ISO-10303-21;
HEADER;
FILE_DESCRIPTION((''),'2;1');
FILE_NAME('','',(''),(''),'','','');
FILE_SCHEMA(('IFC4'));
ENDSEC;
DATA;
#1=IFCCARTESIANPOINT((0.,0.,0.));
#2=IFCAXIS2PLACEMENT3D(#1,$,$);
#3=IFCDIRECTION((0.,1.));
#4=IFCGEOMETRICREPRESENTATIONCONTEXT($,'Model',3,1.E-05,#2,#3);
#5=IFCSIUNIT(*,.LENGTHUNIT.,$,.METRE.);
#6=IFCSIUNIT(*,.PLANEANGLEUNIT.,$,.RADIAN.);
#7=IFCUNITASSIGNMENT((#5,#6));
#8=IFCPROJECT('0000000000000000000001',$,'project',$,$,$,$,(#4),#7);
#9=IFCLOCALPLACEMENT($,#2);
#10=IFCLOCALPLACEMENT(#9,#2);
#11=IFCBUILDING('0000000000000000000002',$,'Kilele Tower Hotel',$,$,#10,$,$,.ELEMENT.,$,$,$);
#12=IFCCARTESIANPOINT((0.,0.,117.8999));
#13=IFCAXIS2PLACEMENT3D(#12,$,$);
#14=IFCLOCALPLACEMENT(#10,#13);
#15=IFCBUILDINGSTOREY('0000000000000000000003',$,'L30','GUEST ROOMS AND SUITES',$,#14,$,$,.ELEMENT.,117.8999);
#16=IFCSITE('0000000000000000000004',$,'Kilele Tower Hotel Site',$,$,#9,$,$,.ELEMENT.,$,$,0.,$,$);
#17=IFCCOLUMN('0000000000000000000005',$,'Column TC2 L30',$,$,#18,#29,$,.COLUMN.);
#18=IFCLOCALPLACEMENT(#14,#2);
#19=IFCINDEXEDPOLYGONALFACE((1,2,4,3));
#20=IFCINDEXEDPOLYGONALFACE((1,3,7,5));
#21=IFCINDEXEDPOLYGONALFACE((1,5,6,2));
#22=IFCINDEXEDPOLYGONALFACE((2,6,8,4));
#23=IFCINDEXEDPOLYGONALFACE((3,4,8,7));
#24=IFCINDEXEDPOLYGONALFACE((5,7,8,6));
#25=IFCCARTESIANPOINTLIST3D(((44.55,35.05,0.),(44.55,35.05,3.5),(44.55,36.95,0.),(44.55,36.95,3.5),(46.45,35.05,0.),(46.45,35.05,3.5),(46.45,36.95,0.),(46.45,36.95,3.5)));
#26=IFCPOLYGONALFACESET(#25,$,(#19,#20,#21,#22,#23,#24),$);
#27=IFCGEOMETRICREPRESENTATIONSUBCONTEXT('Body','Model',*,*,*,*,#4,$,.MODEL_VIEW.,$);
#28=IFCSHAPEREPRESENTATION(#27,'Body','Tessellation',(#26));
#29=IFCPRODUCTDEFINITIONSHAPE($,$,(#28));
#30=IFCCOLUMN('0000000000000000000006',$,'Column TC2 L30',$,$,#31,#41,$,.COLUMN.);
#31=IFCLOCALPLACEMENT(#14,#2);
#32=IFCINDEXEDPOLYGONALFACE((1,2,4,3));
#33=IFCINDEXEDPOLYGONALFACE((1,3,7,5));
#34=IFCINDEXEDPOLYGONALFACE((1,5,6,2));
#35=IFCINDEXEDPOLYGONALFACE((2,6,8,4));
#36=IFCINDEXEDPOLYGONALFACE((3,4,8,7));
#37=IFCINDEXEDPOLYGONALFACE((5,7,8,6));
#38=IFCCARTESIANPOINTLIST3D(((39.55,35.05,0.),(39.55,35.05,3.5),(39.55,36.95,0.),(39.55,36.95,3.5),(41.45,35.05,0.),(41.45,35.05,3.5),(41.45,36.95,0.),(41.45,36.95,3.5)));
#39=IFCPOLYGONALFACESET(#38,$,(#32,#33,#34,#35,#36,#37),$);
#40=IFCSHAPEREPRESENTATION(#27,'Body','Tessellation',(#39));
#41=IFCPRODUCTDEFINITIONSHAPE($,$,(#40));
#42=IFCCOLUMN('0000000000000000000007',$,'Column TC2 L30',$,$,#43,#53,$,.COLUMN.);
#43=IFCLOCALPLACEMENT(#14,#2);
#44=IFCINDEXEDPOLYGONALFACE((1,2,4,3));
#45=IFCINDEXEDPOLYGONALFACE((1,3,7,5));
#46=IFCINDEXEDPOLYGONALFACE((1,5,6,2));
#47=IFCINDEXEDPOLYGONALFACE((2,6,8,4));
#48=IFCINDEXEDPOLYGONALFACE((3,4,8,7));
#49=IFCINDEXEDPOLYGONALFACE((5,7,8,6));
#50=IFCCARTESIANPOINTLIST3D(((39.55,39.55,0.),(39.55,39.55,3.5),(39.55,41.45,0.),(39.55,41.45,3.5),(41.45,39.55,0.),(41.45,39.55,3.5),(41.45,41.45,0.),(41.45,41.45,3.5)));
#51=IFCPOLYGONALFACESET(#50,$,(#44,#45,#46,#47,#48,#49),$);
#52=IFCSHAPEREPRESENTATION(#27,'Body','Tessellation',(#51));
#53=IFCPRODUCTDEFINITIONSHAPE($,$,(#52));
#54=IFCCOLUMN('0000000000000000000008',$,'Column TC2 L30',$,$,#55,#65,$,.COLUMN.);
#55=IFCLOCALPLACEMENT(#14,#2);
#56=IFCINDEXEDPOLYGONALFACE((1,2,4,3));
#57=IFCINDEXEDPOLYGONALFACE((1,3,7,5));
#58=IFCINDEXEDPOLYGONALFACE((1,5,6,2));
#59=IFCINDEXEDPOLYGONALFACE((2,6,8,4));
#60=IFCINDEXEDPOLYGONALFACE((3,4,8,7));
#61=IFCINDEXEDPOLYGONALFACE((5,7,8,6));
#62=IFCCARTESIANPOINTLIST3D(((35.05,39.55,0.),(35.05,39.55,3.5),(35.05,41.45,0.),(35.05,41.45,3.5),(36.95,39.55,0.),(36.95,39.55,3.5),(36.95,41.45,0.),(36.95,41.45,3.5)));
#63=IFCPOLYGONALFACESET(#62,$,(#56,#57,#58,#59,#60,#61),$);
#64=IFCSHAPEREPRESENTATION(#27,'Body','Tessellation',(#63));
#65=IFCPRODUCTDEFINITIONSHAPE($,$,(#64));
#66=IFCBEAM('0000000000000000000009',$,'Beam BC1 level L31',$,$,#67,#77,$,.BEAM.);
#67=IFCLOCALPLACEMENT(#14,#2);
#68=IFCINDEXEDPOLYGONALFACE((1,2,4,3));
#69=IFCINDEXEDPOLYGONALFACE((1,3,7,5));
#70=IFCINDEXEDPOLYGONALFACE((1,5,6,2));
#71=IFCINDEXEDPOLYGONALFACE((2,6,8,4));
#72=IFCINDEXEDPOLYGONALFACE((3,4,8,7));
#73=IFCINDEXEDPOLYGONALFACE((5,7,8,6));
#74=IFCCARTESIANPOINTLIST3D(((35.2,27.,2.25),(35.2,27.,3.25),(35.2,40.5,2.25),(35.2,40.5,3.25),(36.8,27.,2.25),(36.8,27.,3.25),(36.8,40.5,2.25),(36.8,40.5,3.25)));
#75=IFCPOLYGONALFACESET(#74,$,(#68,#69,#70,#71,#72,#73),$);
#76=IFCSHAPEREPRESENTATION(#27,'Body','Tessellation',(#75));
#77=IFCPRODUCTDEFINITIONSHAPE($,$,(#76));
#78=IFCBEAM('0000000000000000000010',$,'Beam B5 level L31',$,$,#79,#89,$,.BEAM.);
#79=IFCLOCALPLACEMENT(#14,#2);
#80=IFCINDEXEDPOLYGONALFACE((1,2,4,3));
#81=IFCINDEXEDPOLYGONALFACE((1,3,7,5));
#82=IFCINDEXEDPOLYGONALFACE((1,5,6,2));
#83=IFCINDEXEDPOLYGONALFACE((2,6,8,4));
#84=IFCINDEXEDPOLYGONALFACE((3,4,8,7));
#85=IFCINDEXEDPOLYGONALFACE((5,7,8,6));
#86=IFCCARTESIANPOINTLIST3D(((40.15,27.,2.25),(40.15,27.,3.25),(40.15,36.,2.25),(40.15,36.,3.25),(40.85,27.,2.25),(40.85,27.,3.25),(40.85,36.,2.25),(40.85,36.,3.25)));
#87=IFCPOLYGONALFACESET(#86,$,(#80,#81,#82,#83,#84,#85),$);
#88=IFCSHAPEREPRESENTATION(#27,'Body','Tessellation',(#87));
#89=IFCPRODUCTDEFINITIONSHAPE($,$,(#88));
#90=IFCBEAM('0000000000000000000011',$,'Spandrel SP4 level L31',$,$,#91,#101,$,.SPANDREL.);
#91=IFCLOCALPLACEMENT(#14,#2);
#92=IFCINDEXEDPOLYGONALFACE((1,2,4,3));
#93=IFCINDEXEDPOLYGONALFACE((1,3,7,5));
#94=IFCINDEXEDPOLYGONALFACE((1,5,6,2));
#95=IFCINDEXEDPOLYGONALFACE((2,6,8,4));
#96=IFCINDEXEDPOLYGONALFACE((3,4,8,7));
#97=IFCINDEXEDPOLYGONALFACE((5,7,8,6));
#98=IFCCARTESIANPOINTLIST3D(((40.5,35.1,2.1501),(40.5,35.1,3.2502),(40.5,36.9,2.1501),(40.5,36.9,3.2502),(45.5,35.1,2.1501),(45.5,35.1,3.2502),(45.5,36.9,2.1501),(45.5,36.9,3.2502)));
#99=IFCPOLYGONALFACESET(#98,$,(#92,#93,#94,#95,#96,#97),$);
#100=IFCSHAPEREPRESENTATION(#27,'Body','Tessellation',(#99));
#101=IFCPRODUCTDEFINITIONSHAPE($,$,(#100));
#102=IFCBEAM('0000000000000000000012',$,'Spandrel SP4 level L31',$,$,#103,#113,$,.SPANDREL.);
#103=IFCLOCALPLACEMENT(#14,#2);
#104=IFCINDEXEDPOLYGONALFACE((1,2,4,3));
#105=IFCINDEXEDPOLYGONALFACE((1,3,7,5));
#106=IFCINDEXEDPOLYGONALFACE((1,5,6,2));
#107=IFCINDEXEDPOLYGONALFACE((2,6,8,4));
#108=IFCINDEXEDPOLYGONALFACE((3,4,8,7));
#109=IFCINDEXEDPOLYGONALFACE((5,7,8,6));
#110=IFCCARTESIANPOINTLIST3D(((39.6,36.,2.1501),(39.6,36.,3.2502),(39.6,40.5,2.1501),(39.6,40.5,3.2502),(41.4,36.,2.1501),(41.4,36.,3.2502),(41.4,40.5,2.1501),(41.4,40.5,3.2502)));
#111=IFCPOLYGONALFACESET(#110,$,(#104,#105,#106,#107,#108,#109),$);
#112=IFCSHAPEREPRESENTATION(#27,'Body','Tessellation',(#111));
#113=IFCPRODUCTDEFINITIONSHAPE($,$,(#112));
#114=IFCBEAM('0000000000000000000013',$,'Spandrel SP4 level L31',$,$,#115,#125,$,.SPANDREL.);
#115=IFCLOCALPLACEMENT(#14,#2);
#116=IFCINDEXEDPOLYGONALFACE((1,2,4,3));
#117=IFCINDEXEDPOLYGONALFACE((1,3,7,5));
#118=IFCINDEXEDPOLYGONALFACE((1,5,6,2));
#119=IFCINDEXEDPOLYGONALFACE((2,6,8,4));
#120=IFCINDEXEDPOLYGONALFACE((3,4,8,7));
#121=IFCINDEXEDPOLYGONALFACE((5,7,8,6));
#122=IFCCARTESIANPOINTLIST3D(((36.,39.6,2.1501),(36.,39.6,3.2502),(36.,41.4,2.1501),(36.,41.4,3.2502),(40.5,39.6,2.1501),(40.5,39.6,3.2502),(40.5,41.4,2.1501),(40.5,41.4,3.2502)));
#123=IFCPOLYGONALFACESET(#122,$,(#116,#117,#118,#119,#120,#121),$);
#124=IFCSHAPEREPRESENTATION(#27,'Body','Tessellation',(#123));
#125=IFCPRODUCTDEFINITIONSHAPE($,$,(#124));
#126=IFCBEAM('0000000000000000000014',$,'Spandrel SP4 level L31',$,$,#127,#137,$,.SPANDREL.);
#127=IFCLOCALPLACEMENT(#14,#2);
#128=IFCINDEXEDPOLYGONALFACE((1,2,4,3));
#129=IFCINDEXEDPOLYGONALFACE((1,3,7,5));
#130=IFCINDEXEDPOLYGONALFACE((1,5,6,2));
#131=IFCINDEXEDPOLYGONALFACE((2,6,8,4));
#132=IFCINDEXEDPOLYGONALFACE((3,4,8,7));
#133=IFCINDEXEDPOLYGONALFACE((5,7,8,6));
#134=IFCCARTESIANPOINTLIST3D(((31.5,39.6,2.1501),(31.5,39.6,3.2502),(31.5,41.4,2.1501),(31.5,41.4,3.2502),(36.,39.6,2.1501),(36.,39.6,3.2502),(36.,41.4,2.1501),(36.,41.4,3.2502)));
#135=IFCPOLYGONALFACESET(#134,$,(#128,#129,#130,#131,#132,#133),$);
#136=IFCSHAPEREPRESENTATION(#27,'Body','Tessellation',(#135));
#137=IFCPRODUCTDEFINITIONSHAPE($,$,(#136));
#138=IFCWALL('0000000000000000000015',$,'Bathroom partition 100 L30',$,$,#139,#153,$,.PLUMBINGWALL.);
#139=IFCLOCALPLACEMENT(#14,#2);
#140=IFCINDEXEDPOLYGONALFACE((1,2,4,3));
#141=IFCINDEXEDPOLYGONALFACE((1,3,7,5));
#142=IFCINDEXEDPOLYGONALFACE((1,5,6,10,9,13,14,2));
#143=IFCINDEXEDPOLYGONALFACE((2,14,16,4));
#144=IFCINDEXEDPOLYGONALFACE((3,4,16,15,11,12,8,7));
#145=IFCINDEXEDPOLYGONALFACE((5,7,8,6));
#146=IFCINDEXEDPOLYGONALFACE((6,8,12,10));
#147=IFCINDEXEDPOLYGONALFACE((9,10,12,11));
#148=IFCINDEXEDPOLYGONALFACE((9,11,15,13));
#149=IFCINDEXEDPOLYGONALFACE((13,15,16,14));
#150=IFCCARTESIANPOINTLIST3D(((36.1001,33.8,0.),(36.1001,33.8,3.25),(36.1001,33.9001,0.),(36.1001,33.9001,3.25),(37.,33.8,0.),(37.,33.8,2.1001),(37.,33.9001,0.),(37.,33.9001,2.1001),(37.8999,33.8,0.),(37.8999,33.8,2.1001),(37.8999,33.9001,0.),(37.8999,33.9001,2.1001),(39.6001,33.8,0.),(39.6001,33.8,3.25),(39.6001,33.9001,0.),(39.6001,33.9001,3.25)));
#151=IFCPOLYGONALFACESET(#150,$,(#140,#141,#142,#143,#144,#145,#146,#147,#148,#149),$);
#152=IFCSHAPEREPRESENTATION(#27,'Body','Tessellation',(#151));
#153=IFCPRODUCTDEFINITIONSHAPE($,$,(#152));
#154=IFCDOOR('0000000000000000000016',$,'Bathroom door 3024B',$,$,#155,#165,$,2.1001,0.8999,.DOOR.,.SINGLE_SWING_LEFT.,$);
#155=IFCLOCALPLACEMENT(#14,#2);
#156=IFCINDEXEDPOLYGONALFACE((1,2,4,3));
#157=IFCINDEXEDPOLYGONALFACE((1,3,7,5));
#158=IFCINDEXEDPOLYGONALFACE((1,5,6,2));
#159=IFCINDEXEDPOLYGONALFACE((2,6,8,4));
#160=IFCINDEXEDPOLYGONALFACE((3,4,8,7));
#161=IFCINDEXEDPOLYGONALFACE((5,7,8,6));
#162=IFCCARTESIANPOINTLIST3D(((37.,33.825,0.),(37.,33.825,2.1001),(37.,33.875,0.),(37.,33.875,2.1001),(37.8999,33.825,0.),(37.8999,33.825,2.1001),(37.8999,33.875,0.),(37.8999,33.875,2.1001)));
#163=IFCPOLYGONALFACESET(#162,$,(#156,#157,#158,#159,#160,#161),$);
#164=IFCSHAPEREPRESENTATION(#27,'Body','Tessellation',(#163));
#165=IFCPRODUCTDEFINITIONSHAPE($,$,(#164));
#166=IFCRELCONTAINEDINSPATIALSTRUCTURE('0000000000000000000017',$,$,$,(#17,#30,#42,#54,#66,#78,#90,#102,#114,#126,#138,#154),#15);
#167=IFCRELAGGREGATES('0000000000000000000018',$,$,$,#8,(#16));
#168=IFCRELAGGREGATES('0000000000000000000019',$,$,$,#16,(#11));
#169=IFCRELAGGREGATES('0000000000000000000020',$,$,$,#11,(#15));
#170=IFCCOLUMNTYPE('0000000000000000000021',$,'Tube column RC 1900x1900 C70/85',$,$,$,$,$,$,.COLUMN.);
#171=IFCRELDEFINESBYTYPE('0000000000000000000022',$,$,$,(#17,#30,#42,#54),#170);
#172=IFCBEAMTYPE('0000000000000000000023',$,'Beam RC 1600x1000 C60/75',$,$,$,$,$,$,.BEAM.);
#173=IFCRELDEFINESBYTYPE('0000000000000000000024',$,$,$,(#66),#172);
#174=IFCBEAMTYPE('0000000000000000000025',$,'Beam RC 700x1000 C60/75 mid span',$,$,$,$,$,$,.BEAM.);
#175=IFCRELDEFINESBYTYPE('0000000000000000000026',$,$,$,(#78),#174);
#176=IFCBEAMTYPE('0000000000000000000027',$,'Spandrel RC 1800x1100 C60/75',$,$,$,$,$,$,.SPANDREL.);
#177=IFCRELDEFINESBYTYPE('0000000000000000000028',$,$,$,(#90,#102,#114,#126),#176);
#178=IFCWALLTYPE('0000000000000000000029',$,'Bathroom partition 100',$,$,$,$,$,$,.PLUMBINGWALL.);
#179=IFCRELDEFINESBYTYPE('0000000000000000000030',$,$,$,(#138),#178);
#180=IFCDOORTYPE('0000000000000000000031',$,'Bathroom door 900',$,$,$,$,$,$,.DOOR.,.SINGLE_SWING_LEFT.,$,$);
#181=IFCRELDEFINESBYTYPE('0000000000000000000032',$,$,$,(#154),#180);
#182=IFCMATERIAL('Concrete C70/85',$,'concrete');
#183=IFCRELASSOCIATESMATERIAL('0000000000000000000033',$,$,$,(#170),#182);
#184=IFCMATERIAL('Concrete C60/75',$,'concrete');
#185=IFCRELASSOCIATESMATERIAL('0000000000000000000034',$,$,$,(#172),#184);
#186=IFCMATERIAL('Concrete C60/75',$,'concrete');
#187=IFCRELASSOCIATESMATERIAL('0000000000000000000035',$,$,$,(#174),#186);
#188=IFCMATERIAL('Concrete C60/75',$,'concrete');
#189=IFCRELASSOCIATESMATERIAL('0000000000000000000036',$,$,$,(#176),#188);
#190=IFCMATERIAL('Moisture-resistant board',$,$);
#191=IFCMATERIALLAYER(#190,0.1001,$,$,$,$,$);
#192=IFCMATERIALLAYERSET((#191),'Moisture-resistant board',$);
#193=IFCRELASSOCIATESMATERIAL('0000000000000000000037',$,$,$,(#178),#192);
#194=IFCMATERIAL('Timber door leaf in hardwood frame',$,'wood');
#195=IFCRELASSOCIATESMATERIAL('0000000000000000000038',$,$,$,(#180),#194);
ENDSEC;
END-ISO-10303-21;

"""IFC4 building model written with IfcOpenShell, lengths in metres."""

from ifc_helpers import new_model, si_unit, direction, frame, frame_2d, origin, origin_2d, place, context, subcontext, project, spatial, rectangle, extrude, material, layer, layer_set, material_profile, profile_set, type_object, element, fill, save


model = new_model("IFC4")

# Units and contexts
model_context = context("Model", 3, precision=1e-05, world=origin(), true_north=direction((0.0, 1.0)))
body_context = subcontext(model_context, "Body", "Model", "MODEL_VIEW")
ifc_project = project(units=[si_unit("LENGTHUNIT", "METRE"), si_unit("PLANEANGLEUNIT", "RADIAN")], contexts=[model_context])

# Site, building, storey
site_placement = place(None, origin())
site = spatial("IfcSite", under=ifc_project, at=site_placement, Name="Kilele Tower Hotel Site", CompositionType="ELEMENT", RefElevation=0.0)
building_placement = place(site_placement, origin())
building = spatial("IfcBuilding", under=site, at=building_placement, Name="Kilele Tower Hotel", CompositionType="ELEMENT")
storey_placement = place(building_placement, frame((0.0, 0.0, 117.8999)))
storey = spatial("IfcBuildingStorey", under=building, at=storey_placement, Name="L30", Description="GUEST ROOMS AND SUITES", CompositionType="ELEMENT", Elevation=117.8999)

# Columns
ifc_material_1 = material(Name="Concrete C70/85", Category="concrete")
ifc_material_profile_1 = material_profile(ifc_material_1, rectangle(XDim=1.8999, YDim=1.8999, at=origin_2d()))
ifc_profile_set_1 = profile_set([ifc_material_profile_1], Name="Concrete C70/85")
column_type = type_object("IfcColumnType", Name="Tube column RC 1900x1900 C70/85", PredefinedType="COLUMN", material=ifc_profile_set_1)
for number, where, z_axis, x_axis, name in (
    (1, (45.5, 36.0, 0.0), (0.0, 0.0, 1.0), (1.0, 0.0, 0.0), "Column TC2 L30"),
    (2, (40.5, 36.0, 0.0), (0.0, 0.0, 1.0), (1.0, 0.0, 0.0), "Column TC2 L30"),
    (3, (40.5, 40.5, 0.0), (0.0, 0.0, 1.0), (1.0, 0.0, 0.0), "Column TC2 L30"),
    (4, (36.0, 40.5, 0.0), (0.0, 0.0, 1.0), (1.0, 0.0, 0.0), "Column TC2 L30"),
):
    element("IfcColumn", number, at=place(storey_placement, frame(where, z_axis=z_axis, x_axis=x_axis)), inside=storey, type_object=column_type, Name=name, PredefinedType="COLUMN", context=body_context, shape_type="SweptSolid", body=[
        extrude(rectangle(XDim=1.8999, YDim=1.8999, at=origin_2d()), origin(), (0.0, 0.0, 1.0), 3.5),
    ])

# Beams
ifc_material_2 = material(Name="Concrete C60/75", Category="concrete")
ifc_material_profile_2 = material_profile(ifc_material_2, rectangle(XDim=1.6001, YDim=1.0, at=origin_2d()))
ifc_profile_set_2 = profile_set([ifc_material_profile_2], Name="Concrete C60/75")
beam_type_1 = type_object("IfcBeamType", Name="Beam RC 1600x1000 C60/75", PredefinedType="BEAM", material=ifc_profile_set_2)
beam_1_placement = place(storey_placement, frame((36.0, 40.5, 2.75), z_axis=(0.0, -1.0, 0.0), x_axis=(1.0, 0.0, 0.0)))
element("IfcBeam", 5, at=beam_1_placement, inside=storey, type_object=beam_type_1, Name="Beam BC1 level L31", PredefinedType="BEAM", context=body_context, shape_type="SweptSolid", body=[
    extrude(rectangle(XDim=1.6001, YDim=1.0, at=origin_2d()), origin(), (0.0, 0.0, 1.0), 13.5),
])
ifc_material_3 = material(Name="Concrete C60/75", Category="concrete")
ifc_material_profile_3 = material_profile(ifc_material_3, rectangle(XDim=0.7, YDim=1.0, at=origin_2d()))
ifc_profile_set_3 = profile_set([ifc_material_profile_3], Name="Concrete C60/75")
beam_type_2 = type_object("IfcBeamType", Name="Beam RC 700x1000 C60/75 mid span", PredefinedType="BEAM", material=ifc_profile_set_3)
beam_2_placement = place(storey_placement, frame((40.5, 36.0, 2.75), z_axis=(0.0, -1.0, 0.0), x_axis=(1.0, 0.0, 0.0)))
element("IfcBeam", 6, at=beam_2_placement, inside=storey, type_object=beam_type_2, Name="Beam B5 level L31", PredefinedType="BEAM", context=body_context, shape_type="SweptSolid", body=[
    extrude(rectangle(XDim=0.7, YDim=1.0, at=origin_2d()), origin(), (0.0, 0.0, 1.0), 9.0),
])
ifc_material_4 = material(Name="Concrete C60/75", Category="concrete")
ifc_material_profile_4 = material_profile(ifc_material_4, rectangle(XDim=1.8, YDim=1.1001, at=origin_2d()))
ifc_profile_set_4 = profile_set([ifc_material_profile_4], Name="Concrete C60/75")
beam_type_3 = type_object("IfcBeamType", Name="Spandrel RC 1800x1100 C60/75", PredefinedType="SPANDREL", material=ifc_profile_set_4)
beam_3_placement = place(storey_placement, frame((45.5, 36.0, 2.7002), z_axis=(-1.0, 0.0, 0.0), x_axis=(0.0, -1.0, 0.0)))
element("IfcBeam", 7, at=beam_3_placement, inside=storey, type_object=beam_type_3, Name="Spandrel SP4 level L31", PredefinedType="SPANDREL", context=body_context, shape_type="SweptSolid", body=[
    extrude(rectangle(XDim=1.8, YDim=1.1001, at=origin_2d()), origin(), (0.0, 0.0, 1.0), 5.0),
])
for number, where, z_axis, x_axis, name in (
    (8, (40.5, 36.0, 2.7002), (0.0, 1.0, 0.0), (-1.0, 0.0, 0.0), "Spandrel SP4 level L31"),
    (9, (40.5, 40.5, 2.7002), (-1.0, 0.0, 0.0), (0.0, -1.0, 0.0), "Spandrel SP4 level L31"),
    (10, (36.0, 40.5, 2.7002), (-1.0, 0.0, 0.0), (0.0, -1.0, 0.0), "Spandrel SP4 level L31"),
):
    element("IfcBeam", number, at=place(storey_placement, frame(where, z_axis=z_axis, x_axis=x_axis)), inside=storey, type_object=beam_type_3, Name=name, PredefinedType="SPANDREL", context=body_context, shape_type="SweptSolid", body=[
        extrude(rectangle(XDim=1.8, YDim=1.1001, at=origin_2d()), origin(), (0.0, 0.0, 1.0), 4.5),
    ])

# Wall, opening, door
ifc_material_5 = material(Name="Moisture-resistant board")
ifc_layer_1 = layer(ifc_material_5, 0.1001)
ifc_layer_set_1 = layer_set([ifc_layer_1], Name="Moisture-resistant board")
wall_type_1 = type_object("IfcWallType", Name="Bathroom partition 100", PredefinedType="PLUMBINGWALL", material=ifc_layer_set_1)
wall_1_placement = place(storey_placement, frame((36.1001, 33.8501, 0.0), z_axis=(0.0, 0.0, 1.0), x_axis=(1.0, 0.0, 0.0)))
wall_1 = element("IfcWall", 11, at=wall_1_placement, inside=storey, type_object=wall_type_1, Name="Bathroom partition 100 L30", PredefinedType="PLUMBINGWALL", context=body_context, shape_type="SweptSolid", body=[
    extrude(rectangle(XDim=3.5, YDim=0.1001, at=frame_2d((1.75, 0.0))), origin(), (0.0, 0.0, 1.0), 3.25),
])
opening_1_placement = place(wall_1_placement, frame((0.8999, 0.0, 0.0)))
opening_1 = element("IfcOpeningElement", 12, at=opening_1_placement, cuts=wall_1, PredefinedType="OPENING", context=body_context, shape_type="SweptSolid", body=[
    extrude(rectangle(XDim=0.8999, YDim=2.1001, at=frame_2d((0.45, 1.05))), frame((0.0, 0.0601, 0.0), z_axis=(0.0, -1.0, 0.0), x_axis=(1.0, 0.0, 0.0)), (0.0, 0.0, 1.0), 0.1201),
])
ifc_material_6 = material(Name="Timber door leaf in hardwood frame", Category="wood")
door_type_1 = type_object("IfcDoorType", Name="Bathroom door 900", OperationType="SINGLE_SWING_LEFT", PredefinedType="DOOR", material=ifc_material_6)
door_1_placement = place(opening_1_placement, origin())
door_1 = element("IfcDoor", 13, at=door_1_placement, inside=storey, type_object=door_type_1, Name="Bathroom door 3024B", OperationType="SINGLE_SWING_LEFT", OverallHeight=2.1001, OverallWidth=0.8999, PredefinedType="DOOR", context=body_context, shape_type="SweptSolid", body=[
    extrude(rectangle(XDim=0.8999, YDim=2.1001, at=frame_2d((0.45, 1.05))), frame((0.0, 0.0249, 0.0), z_axis=(0.0, -1.0, 0.0), x_axis=(1.0, 0.0, 0.0)), (0.0, 0.0, 1.0), 0.05),
])
fill(opening_1, door_1)

save(model, "model.ifc")
